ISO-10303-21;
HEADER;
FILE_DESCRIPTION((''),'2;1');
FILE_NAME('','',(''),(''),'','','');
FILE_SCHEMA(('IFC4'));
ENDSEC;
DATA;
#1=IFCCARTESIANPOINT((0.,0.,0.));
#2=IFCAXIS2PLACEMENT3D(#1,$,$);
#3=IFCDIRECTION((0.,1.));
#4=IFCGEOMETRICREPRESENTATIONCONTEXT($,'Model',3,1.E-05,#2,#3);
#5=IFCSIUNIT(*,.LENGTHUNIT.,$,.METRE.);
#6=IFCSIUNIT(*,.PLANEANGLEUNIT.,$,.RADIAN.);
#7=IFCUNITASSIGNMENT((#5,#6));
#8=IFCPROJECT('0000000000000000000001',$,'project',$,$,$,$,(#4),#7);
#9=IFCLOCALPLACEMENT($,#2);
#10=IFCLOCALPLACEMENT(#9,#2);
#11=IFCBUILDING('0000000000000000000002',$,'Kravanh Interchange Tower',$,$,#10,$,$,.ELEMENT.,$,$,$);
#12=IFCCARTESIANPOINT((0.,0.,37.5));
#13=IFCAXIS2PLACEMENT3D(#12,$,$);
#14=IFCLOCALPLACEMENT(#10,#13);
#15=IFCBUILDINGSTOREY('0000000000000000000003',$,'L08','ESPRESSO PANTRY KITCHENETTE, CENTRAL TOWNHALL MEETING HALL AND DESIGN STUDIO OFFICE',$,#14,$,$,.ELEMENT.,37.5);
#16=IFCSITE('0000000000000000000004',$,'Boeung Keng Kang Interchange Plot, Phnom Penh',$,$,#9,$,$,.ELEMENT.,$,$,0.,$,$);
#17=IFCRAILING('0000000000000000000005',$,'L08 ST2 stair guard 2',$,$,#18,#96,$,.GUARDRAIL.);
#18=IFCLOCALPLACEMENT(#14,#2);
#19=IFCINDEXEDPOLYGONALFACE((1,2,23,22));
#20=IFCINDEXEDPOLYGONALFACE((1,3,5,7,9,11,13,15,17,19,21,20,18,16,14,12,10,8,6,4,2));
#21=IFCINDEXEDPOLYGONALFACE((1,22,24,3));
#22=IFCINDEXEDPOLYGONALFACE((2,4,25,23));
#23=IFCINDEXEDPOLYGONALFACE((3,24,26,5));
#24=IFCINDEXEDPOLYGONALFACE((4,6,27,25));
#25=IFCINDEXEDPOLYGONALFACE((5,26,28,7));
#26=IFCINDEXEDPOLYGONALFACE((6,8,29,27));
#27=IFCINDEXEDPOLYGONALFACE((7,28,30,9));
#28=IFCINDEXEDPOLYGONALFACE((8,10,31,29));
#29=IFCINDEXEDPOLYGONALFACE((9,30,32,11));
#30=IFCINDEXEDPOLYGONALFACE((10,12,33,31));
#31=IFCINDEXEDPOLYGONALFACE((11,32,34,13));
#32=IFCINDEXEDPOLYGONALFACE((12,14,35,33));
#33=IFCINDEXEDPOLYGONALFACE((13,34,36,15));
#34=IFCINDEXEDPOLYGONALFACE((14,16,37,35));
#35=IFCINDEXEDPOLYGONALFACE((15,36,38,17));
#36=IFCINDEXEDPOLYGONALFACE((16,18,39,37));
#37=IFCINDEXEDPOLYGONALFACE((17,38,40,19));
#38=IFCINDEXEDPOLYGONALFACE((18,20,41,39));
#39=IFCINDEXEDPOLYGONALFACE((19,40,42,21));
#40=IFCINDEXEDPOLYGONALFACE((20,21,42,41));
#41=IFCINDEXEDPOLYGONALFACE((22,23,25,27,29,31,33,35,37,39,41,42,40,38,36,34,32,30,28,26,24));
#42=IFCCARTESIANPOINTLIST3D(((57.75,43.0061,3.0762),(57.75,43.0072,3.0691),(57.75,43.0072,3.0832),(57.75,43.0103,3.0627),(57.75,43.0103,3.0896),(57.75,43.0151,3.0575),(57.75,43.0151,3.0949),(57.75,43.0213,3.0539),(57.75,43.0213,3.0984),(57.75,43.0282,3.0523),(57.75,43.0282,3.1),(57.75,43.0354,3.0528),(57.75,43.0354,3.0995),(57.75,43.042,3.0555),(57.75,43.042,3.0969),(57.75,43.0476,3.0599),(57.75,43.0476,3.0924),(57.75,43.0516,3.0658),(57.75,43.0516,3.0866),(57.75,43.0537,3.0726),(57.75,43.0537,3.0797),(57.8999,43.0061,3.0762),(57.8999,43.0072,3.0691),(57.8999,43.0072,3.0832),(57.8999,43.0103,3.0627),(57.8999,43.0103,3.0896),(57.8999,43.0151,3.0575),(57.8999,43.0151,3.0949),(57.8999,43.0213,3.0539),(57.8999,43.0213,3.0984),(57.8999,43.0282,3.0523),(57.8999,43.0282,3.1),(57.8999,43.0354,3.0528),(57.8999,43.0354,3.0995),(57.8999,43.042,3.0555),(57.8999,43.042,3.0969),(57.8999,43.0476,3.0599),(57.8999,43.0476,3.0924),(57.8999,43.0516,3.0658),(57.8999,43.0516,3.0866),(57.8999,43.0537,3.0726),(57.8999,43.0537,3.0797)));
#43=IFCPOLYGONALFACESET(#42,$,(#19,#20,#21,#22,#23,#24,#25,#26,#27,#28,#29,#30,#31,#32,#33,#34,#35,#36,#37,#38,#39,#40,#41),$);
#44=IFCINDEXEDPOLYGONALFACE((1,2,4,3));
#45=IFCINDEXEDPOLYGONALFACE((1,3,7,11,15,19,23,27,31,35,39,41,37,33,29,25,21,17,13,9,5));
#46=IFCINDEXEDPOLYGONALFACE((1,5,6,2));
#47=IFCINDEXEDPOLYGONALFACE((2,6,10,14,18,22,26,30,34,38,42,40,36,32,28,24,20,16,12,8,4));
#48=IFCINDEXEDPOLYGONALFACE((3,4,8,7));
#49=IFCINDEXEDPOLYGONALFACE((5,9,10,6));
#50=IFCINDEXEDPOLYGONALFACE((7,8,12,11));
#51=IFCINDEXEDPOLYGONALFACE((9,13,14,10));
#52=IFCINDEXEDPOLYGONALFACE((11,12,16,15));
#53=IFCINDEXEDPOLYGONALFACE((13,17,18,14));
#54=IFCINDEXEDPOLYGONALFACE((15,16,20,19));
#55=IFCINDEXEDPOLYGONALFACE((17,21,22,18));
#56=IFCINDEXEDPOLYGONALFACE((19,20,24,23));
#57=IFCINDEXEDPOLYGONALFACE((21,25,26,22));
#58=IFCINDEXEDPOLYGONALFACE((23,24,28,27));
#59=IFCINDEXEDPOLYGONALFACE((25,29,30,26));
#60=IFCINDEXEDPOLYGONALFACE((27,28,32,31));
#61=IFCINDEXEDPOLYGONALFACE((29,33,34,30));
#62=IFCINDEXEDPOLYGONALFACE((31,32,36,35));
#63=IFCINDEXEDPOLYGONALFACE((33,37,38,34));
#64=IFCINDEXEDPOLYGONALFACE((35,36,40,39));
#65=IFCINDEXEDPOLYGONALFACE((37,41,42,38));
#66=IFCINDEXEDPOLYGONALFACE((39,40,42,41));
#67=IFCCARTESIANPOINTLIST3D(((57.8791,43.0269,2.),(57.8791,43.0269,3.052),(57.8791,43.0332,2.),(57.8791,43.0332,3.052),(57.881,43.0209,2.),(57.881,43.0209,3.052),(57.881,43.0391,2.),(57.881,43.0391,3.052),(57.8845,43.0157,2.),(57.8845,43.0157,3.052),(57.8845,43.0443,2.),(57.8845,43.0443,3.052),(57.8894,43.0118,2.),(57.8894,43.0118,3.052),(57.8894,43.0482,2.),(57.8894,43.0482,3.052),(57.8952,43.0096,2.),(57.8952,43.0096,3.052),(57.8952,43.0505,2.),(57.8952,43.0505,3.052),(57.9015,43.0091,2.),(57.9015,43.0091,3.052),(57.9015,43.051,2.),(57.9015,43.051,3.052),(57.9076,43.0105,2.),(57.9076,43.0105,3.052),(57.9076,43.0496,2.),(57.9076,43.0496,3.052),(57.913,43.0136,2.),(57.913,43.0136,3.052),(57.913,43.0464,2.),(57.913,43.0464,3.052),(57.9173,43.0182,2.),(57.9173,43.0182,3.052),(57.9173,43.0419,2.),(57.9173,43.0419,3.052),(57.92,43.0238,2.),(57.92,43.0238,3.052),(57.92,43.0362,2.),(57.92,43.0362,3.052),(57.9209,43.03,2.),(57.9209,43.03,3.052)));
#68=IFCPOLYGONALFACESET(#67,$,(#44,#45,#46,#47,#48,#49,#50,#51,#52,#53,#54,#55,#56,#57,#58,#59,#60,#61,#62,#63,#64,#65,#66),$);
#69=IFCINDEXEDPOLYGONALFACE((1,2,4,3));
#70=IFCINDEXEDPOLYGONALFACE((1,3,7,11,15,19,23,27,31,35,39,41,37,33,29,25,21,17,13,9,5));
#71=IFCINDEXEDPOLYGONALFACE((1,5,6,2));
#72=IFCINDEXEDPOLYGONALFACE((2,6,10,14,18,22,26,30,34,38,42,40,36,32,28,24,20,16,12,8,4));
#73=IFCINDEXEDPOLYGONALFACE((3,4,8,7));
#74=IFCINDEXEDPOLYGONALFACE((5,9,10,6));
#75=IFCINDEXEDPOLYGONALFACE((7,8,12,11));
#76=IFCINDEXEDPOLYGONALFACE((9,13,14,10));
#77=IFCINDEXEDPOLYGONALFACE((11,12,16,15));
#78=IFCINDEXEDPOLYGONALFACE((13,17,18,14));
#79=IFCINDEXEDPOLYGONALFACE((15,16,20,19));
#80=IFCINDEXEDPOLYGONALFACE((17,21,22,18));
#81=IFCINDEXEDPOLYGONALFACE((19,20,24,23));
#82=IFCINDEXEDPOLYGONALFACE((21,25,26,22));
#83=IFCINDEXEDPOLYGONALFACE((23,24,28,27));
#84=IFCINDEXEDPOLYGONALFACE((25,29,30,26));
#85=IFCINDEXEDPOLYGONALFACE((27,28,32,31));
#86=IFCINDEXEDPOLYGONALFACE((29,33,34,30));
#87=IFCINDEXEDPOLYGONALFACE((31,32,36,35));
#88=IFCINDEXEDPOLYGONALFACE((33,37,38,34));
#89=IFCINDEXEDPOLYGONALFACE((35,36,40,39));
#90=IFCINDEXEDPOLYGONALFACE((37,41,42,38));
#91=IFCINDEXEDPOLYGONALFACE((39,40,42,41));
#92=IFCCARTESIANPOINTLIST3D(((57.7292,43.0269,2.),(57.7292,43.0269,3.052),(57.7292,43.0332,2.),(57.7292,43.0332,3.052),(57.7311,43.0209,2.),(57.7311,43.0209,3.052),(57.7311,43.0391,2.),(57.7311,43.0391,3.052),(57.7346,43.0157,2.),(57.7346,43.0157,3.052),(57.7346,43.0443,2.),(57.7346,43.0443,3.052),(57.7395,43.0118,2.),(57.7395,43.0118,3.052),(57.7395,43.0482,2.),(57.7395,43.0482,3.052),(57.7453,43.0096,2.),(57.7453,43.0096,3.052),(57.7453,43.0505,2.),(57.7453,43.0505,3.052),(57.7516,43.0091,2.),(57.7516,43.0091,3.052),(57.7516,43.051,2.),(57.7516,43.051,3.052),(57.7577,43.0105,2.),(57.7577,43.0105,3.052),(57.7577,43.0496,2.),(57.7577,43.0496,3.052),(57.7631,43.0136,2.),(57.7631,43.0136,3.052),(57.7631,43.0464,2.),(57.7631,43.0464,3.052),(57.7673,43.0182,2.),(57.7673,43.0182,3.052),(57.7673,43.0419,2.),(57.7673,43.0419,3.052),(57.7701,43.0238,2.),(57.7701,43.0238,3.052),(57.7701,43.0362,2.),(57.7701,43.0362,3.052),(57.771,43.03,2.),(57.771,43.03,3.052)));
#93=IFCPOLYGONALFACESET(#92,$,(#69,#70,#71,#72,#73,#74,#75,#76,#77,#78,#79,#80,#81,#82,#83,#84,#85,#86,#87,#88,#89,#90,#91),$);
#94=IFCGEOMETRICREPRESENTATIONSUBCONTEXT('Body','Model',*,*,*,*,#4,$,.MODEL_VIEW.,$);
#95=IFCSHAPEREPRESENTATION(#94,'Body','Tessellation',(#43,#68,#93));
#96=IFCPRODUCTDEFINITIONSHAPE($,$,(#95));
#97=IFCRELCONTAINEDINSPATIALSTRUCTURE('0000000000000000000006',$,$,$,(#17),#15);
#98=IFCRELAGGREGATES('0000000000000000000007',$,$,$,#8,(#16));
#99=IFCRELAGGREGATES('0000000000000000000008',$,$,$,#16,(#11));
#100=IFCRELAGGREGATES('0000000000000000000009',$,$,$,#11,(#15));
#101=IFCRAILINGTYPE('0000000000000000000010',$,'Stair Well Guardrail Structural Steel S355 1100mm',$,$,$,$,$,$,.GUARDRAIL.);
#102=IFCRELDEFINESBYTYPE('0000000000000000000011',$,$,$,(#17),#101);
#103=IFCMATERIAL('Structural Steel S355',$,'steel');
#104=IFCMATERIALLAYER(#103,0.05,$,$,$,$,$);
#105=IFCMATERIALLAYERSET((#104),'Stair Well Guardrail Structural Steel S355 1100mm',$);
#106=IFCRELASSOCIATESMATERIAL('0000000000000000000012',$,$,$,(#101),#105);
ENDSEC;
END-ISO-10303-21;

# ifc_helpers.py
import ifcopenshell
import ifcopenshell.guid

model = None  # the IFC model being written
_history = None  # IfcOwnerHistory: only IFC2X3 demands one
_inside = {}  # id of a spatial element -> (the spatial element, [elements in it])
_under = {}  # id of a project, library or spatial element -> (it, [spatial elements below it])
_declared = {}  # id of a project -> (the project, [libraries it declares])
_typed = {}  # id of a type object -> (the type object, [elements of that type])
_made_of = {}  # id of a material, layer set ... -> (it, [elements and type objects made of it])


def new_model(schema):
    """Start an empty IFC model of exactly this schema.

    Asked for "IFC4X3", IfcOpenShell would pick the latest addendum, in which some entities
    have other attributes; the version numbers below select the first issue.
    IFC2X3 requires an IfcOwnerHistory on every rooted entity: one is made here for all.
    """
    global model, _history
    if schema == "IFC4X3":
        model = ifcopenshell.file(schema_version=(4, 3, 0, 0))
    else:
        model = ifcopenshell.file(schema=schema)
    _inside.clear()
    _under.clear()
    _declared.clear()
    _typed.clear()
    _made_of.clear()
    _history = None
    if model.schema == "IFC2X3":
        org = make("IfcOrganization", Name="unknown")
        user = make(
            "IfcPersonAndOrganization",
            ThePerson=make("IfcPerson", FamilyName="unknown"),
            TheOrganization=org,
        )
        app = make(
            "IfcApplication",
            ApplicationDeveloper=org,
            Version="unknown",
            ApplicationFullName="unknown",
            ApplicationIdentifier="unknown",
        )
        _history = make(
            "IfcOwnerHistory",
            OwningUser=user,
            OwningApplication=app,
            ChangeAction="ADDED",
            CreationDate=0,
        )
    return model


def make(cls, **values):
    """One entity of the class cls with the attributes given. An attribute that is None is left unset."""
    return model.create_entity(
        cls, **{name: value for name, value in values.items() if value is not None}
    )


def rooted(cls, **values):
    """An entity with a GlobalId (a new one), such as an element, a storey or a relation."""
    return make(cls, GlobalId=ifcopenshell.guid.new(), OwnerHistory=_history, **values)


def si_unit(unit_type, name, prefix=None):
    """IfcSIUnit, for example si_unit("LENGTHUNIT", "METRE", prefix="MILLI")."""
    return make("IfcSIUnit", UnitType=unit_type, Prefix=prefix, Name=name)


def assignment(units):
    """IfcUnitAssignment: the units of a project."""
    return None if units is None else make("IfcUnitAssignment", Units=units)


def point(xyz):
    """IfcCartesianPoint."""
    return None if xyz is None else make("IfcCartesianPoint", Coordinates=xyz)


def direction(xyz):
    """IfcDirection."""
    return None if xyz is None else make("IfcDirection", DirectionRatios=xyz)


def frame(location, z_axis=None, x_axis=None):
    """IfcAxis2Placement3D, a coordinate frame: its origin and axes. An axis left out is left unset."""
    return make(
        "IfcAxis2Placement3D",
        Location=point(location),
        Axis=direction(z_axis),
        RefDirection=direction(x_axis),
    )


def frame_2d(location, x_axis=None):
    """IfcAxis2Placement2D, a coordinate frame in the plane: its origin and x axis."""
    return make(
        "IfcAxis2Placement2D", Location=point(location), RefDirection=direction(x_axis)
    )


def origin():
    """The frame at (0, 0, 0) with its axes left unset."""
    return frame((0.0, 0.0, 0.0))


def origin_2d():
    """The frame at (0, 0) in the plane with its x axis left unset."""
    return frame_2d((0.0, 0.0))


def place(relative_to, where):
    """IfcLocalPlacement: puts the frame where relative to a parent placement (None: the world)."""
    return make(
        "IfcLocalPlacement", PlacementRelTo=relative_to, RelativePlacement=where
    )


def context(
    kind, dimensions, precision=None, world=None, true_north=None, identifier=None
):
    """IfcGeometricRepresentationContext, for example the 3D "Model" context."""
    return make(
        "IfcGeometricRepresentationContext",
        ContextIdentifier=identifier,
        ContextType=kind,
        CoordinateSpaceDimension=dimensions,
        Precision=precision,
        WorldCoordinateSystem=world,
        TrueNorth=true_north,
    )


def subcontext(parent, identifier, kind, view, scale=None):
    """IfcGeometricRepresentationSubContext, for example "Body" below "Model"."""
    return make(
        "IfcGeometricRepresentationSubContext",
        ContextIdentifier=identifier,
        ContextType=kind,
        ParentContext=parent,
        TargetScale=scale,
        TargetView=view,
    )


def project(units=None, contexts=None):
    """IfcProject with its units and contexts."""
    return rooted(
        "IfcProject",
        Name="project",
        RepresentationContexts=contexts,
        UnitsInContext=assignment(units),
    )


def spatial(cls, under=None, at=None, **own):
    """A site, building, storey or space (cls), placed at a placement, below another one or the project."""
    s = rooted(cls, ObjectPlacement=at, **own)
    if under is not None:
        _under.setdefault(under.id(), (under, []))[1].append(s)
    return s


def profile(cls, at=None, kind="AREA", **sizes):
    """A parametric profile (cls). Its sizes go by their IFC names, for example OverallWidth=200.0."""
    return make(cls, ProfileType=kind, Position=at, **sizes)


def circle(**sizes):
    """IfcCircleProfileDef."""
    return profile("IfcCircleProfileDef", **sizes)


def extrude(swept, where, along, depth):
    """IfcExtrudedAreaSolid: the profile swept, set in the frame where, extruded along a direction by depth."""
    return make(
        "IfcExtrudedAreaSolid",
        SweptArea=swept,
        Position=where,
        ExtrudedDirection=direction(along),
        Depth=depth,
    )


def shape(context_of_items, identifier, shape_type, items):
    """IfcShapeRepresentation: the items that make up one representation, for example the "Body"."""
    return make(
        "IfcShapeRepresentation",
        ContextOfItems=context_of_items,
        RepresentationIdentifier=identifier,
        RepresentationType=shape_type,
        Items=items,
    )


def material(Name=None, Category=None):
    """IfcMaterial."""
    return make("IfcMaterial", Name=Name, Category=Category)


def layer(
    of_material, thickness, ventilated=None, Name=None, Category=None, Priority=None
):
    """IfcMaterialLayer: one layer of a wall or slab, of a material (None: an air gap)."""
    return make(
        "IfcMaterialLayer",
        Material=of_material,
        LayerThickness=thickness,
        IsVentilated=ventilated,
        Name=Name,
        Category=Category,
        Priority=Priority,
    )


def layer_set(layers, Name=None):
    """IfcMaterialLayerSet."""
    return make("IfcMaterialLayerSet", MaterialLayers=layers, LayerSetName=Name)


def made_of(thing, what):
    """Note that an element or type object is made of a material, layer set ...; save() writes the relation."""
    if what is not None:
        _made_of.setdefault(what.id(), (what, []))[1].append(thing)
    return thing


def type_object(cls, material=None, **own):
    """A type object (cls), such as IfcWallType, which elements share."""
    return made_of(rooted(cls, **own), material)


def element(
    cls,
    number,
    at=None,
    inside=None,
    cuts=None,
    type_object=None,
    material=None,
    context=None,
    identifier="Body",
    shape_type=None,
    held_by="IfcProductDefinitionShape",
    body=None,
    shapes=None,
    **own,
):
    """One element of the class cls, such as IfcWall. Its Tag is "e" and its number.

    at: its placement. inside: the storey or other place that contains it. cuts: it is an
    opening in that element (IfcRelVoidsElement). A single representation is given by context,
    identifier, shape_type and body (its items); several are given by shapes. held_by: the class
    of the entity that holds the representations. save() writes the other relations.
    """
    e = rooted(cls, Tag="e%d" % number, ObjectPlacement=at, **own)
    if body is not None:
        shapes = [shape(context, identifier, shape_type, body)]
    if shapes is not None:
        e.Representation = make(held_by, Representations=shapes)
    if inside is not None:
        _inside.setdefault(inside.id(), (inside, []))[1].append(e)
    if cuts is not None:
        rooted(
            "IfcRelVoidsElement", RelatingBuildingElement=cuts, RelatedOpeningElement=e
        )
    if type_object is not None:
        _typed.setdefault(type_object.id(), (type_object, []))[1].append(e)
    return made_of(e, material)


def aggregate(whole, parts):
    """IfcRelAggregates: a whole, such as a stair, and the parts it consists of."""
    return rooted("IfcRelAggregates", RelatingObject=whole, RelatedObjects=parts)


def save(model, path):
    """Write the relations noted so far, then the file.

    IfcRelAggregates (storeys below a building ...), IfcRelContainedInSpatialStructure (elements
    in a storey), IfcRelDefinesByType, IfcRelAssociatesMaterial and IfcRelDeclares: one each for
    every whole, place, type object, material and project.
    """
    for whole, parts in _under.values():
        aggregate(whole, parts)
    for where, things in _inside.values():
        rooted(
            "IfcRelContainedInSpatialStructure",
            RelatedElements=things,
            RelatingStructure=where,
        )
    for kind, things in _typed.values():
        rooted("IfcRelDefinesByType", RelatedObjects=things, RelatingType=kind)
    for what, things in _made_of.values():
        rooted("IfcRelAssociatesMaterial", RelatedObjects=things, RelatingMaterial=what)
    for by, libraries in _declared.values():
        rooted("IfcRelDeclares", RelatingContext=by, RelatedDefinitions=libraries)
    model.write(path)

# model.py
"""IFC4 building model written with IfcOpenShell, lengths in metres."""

from ifc_helpers import new_model, si_unit, direction, frame, origin, origin_2d, place, context, subcontext, project, spatial, circle, extrude, material, layer, layer_set, type_object, element, save


model = new_model("IFC4")

# Units and contexts
model_context = context("Model", 3, precision=1e-05, world=origin(), true_north=direction((0.0, 1.0)))
body_context = subcontext(model_context, "Body", "Model", "MODEL_VIEW")
ifc_project = project(units=[si_unit("LENGTHUNIT", "METRE"), si_unit("PLANEANGLEUNIT", "RADIAN")], contexts=[model_context])

# Site, building, storey
site_placement = place(None, origin())
site = spatial("IfcSite", under=ifc_project, at=site_placement, Name="Boeung Keng Kang Interchange Plot, Phnom Penh", CompositionType="ELEMENT", RefElevation=0.0)
building_placement = place(site_placement, origin())
building = spatial("IfcBuilding", under=site, at=building_placement, Name="Kravanh Interchange Tower", CompositionType="ELEMENT")
storey_placement = place(building_placement, frame((0.0, 0.0, 37.5)))
storey = spatial("IfcBuildingStorey", under=building, at=storey_placement, Name="L08", Description="ESPRESSO PANTRY KITCHENETTE, CENTRAL TOWNHALL MEETING HALL AND DESIGN STUDIO OFFICE", CompositionType="ELEMENT", Elevation=37.5)

# Railing
ifc_material_1 = material(Name="Structural Steel S355", Category="steel")
ifc_layer_1 = layer(ifc_material_1, 0.05)
ifc_layer_set_1 = layer_set([ifc_layer_1], Name="Stair Well Guardrail Structural Steel S355 1100mm")
railing_type_1 = type_object("IfcRailingType", Name="Stair Well Guardrail Structural Steel S355 1100mm", PredefinedType="GUARDRAIL", material=ifc_layer_set_1)
railing_1_placement = place(storey_placement, frame((57.8999, 43.03, 2.0)))
element("IfcRailing", 1, at=railing_1_placement, inside=storey, type_object=railing_type_1, Name="L08 ST2 stair guard 2", PredefinedType="GUARDRAIL", context=body_context, shape_type="SweptSolid", body=[
    extrude(circle(Radius=0.0239, at=origin_2d()), frame((0.0, 0.0, 1.0762), z_axis=(-1.0, 0.0, 0.0), x_axis=(0.0, -1.0, 0.0)), (0.0, 0.0, 1.0), 0.1499),
    extrude(circle(Radius=0.021, at=origin_2d()), origin(), (0.0, 0.0, 1.0), 1.052),
    extrude(circle(Radius=0.021, at=origin_2d()), frame((-0.1499, 0.0, 0.0)), (0.0, 0.0, 1.0), 1.052),
])

save(model, "model.ifc")
